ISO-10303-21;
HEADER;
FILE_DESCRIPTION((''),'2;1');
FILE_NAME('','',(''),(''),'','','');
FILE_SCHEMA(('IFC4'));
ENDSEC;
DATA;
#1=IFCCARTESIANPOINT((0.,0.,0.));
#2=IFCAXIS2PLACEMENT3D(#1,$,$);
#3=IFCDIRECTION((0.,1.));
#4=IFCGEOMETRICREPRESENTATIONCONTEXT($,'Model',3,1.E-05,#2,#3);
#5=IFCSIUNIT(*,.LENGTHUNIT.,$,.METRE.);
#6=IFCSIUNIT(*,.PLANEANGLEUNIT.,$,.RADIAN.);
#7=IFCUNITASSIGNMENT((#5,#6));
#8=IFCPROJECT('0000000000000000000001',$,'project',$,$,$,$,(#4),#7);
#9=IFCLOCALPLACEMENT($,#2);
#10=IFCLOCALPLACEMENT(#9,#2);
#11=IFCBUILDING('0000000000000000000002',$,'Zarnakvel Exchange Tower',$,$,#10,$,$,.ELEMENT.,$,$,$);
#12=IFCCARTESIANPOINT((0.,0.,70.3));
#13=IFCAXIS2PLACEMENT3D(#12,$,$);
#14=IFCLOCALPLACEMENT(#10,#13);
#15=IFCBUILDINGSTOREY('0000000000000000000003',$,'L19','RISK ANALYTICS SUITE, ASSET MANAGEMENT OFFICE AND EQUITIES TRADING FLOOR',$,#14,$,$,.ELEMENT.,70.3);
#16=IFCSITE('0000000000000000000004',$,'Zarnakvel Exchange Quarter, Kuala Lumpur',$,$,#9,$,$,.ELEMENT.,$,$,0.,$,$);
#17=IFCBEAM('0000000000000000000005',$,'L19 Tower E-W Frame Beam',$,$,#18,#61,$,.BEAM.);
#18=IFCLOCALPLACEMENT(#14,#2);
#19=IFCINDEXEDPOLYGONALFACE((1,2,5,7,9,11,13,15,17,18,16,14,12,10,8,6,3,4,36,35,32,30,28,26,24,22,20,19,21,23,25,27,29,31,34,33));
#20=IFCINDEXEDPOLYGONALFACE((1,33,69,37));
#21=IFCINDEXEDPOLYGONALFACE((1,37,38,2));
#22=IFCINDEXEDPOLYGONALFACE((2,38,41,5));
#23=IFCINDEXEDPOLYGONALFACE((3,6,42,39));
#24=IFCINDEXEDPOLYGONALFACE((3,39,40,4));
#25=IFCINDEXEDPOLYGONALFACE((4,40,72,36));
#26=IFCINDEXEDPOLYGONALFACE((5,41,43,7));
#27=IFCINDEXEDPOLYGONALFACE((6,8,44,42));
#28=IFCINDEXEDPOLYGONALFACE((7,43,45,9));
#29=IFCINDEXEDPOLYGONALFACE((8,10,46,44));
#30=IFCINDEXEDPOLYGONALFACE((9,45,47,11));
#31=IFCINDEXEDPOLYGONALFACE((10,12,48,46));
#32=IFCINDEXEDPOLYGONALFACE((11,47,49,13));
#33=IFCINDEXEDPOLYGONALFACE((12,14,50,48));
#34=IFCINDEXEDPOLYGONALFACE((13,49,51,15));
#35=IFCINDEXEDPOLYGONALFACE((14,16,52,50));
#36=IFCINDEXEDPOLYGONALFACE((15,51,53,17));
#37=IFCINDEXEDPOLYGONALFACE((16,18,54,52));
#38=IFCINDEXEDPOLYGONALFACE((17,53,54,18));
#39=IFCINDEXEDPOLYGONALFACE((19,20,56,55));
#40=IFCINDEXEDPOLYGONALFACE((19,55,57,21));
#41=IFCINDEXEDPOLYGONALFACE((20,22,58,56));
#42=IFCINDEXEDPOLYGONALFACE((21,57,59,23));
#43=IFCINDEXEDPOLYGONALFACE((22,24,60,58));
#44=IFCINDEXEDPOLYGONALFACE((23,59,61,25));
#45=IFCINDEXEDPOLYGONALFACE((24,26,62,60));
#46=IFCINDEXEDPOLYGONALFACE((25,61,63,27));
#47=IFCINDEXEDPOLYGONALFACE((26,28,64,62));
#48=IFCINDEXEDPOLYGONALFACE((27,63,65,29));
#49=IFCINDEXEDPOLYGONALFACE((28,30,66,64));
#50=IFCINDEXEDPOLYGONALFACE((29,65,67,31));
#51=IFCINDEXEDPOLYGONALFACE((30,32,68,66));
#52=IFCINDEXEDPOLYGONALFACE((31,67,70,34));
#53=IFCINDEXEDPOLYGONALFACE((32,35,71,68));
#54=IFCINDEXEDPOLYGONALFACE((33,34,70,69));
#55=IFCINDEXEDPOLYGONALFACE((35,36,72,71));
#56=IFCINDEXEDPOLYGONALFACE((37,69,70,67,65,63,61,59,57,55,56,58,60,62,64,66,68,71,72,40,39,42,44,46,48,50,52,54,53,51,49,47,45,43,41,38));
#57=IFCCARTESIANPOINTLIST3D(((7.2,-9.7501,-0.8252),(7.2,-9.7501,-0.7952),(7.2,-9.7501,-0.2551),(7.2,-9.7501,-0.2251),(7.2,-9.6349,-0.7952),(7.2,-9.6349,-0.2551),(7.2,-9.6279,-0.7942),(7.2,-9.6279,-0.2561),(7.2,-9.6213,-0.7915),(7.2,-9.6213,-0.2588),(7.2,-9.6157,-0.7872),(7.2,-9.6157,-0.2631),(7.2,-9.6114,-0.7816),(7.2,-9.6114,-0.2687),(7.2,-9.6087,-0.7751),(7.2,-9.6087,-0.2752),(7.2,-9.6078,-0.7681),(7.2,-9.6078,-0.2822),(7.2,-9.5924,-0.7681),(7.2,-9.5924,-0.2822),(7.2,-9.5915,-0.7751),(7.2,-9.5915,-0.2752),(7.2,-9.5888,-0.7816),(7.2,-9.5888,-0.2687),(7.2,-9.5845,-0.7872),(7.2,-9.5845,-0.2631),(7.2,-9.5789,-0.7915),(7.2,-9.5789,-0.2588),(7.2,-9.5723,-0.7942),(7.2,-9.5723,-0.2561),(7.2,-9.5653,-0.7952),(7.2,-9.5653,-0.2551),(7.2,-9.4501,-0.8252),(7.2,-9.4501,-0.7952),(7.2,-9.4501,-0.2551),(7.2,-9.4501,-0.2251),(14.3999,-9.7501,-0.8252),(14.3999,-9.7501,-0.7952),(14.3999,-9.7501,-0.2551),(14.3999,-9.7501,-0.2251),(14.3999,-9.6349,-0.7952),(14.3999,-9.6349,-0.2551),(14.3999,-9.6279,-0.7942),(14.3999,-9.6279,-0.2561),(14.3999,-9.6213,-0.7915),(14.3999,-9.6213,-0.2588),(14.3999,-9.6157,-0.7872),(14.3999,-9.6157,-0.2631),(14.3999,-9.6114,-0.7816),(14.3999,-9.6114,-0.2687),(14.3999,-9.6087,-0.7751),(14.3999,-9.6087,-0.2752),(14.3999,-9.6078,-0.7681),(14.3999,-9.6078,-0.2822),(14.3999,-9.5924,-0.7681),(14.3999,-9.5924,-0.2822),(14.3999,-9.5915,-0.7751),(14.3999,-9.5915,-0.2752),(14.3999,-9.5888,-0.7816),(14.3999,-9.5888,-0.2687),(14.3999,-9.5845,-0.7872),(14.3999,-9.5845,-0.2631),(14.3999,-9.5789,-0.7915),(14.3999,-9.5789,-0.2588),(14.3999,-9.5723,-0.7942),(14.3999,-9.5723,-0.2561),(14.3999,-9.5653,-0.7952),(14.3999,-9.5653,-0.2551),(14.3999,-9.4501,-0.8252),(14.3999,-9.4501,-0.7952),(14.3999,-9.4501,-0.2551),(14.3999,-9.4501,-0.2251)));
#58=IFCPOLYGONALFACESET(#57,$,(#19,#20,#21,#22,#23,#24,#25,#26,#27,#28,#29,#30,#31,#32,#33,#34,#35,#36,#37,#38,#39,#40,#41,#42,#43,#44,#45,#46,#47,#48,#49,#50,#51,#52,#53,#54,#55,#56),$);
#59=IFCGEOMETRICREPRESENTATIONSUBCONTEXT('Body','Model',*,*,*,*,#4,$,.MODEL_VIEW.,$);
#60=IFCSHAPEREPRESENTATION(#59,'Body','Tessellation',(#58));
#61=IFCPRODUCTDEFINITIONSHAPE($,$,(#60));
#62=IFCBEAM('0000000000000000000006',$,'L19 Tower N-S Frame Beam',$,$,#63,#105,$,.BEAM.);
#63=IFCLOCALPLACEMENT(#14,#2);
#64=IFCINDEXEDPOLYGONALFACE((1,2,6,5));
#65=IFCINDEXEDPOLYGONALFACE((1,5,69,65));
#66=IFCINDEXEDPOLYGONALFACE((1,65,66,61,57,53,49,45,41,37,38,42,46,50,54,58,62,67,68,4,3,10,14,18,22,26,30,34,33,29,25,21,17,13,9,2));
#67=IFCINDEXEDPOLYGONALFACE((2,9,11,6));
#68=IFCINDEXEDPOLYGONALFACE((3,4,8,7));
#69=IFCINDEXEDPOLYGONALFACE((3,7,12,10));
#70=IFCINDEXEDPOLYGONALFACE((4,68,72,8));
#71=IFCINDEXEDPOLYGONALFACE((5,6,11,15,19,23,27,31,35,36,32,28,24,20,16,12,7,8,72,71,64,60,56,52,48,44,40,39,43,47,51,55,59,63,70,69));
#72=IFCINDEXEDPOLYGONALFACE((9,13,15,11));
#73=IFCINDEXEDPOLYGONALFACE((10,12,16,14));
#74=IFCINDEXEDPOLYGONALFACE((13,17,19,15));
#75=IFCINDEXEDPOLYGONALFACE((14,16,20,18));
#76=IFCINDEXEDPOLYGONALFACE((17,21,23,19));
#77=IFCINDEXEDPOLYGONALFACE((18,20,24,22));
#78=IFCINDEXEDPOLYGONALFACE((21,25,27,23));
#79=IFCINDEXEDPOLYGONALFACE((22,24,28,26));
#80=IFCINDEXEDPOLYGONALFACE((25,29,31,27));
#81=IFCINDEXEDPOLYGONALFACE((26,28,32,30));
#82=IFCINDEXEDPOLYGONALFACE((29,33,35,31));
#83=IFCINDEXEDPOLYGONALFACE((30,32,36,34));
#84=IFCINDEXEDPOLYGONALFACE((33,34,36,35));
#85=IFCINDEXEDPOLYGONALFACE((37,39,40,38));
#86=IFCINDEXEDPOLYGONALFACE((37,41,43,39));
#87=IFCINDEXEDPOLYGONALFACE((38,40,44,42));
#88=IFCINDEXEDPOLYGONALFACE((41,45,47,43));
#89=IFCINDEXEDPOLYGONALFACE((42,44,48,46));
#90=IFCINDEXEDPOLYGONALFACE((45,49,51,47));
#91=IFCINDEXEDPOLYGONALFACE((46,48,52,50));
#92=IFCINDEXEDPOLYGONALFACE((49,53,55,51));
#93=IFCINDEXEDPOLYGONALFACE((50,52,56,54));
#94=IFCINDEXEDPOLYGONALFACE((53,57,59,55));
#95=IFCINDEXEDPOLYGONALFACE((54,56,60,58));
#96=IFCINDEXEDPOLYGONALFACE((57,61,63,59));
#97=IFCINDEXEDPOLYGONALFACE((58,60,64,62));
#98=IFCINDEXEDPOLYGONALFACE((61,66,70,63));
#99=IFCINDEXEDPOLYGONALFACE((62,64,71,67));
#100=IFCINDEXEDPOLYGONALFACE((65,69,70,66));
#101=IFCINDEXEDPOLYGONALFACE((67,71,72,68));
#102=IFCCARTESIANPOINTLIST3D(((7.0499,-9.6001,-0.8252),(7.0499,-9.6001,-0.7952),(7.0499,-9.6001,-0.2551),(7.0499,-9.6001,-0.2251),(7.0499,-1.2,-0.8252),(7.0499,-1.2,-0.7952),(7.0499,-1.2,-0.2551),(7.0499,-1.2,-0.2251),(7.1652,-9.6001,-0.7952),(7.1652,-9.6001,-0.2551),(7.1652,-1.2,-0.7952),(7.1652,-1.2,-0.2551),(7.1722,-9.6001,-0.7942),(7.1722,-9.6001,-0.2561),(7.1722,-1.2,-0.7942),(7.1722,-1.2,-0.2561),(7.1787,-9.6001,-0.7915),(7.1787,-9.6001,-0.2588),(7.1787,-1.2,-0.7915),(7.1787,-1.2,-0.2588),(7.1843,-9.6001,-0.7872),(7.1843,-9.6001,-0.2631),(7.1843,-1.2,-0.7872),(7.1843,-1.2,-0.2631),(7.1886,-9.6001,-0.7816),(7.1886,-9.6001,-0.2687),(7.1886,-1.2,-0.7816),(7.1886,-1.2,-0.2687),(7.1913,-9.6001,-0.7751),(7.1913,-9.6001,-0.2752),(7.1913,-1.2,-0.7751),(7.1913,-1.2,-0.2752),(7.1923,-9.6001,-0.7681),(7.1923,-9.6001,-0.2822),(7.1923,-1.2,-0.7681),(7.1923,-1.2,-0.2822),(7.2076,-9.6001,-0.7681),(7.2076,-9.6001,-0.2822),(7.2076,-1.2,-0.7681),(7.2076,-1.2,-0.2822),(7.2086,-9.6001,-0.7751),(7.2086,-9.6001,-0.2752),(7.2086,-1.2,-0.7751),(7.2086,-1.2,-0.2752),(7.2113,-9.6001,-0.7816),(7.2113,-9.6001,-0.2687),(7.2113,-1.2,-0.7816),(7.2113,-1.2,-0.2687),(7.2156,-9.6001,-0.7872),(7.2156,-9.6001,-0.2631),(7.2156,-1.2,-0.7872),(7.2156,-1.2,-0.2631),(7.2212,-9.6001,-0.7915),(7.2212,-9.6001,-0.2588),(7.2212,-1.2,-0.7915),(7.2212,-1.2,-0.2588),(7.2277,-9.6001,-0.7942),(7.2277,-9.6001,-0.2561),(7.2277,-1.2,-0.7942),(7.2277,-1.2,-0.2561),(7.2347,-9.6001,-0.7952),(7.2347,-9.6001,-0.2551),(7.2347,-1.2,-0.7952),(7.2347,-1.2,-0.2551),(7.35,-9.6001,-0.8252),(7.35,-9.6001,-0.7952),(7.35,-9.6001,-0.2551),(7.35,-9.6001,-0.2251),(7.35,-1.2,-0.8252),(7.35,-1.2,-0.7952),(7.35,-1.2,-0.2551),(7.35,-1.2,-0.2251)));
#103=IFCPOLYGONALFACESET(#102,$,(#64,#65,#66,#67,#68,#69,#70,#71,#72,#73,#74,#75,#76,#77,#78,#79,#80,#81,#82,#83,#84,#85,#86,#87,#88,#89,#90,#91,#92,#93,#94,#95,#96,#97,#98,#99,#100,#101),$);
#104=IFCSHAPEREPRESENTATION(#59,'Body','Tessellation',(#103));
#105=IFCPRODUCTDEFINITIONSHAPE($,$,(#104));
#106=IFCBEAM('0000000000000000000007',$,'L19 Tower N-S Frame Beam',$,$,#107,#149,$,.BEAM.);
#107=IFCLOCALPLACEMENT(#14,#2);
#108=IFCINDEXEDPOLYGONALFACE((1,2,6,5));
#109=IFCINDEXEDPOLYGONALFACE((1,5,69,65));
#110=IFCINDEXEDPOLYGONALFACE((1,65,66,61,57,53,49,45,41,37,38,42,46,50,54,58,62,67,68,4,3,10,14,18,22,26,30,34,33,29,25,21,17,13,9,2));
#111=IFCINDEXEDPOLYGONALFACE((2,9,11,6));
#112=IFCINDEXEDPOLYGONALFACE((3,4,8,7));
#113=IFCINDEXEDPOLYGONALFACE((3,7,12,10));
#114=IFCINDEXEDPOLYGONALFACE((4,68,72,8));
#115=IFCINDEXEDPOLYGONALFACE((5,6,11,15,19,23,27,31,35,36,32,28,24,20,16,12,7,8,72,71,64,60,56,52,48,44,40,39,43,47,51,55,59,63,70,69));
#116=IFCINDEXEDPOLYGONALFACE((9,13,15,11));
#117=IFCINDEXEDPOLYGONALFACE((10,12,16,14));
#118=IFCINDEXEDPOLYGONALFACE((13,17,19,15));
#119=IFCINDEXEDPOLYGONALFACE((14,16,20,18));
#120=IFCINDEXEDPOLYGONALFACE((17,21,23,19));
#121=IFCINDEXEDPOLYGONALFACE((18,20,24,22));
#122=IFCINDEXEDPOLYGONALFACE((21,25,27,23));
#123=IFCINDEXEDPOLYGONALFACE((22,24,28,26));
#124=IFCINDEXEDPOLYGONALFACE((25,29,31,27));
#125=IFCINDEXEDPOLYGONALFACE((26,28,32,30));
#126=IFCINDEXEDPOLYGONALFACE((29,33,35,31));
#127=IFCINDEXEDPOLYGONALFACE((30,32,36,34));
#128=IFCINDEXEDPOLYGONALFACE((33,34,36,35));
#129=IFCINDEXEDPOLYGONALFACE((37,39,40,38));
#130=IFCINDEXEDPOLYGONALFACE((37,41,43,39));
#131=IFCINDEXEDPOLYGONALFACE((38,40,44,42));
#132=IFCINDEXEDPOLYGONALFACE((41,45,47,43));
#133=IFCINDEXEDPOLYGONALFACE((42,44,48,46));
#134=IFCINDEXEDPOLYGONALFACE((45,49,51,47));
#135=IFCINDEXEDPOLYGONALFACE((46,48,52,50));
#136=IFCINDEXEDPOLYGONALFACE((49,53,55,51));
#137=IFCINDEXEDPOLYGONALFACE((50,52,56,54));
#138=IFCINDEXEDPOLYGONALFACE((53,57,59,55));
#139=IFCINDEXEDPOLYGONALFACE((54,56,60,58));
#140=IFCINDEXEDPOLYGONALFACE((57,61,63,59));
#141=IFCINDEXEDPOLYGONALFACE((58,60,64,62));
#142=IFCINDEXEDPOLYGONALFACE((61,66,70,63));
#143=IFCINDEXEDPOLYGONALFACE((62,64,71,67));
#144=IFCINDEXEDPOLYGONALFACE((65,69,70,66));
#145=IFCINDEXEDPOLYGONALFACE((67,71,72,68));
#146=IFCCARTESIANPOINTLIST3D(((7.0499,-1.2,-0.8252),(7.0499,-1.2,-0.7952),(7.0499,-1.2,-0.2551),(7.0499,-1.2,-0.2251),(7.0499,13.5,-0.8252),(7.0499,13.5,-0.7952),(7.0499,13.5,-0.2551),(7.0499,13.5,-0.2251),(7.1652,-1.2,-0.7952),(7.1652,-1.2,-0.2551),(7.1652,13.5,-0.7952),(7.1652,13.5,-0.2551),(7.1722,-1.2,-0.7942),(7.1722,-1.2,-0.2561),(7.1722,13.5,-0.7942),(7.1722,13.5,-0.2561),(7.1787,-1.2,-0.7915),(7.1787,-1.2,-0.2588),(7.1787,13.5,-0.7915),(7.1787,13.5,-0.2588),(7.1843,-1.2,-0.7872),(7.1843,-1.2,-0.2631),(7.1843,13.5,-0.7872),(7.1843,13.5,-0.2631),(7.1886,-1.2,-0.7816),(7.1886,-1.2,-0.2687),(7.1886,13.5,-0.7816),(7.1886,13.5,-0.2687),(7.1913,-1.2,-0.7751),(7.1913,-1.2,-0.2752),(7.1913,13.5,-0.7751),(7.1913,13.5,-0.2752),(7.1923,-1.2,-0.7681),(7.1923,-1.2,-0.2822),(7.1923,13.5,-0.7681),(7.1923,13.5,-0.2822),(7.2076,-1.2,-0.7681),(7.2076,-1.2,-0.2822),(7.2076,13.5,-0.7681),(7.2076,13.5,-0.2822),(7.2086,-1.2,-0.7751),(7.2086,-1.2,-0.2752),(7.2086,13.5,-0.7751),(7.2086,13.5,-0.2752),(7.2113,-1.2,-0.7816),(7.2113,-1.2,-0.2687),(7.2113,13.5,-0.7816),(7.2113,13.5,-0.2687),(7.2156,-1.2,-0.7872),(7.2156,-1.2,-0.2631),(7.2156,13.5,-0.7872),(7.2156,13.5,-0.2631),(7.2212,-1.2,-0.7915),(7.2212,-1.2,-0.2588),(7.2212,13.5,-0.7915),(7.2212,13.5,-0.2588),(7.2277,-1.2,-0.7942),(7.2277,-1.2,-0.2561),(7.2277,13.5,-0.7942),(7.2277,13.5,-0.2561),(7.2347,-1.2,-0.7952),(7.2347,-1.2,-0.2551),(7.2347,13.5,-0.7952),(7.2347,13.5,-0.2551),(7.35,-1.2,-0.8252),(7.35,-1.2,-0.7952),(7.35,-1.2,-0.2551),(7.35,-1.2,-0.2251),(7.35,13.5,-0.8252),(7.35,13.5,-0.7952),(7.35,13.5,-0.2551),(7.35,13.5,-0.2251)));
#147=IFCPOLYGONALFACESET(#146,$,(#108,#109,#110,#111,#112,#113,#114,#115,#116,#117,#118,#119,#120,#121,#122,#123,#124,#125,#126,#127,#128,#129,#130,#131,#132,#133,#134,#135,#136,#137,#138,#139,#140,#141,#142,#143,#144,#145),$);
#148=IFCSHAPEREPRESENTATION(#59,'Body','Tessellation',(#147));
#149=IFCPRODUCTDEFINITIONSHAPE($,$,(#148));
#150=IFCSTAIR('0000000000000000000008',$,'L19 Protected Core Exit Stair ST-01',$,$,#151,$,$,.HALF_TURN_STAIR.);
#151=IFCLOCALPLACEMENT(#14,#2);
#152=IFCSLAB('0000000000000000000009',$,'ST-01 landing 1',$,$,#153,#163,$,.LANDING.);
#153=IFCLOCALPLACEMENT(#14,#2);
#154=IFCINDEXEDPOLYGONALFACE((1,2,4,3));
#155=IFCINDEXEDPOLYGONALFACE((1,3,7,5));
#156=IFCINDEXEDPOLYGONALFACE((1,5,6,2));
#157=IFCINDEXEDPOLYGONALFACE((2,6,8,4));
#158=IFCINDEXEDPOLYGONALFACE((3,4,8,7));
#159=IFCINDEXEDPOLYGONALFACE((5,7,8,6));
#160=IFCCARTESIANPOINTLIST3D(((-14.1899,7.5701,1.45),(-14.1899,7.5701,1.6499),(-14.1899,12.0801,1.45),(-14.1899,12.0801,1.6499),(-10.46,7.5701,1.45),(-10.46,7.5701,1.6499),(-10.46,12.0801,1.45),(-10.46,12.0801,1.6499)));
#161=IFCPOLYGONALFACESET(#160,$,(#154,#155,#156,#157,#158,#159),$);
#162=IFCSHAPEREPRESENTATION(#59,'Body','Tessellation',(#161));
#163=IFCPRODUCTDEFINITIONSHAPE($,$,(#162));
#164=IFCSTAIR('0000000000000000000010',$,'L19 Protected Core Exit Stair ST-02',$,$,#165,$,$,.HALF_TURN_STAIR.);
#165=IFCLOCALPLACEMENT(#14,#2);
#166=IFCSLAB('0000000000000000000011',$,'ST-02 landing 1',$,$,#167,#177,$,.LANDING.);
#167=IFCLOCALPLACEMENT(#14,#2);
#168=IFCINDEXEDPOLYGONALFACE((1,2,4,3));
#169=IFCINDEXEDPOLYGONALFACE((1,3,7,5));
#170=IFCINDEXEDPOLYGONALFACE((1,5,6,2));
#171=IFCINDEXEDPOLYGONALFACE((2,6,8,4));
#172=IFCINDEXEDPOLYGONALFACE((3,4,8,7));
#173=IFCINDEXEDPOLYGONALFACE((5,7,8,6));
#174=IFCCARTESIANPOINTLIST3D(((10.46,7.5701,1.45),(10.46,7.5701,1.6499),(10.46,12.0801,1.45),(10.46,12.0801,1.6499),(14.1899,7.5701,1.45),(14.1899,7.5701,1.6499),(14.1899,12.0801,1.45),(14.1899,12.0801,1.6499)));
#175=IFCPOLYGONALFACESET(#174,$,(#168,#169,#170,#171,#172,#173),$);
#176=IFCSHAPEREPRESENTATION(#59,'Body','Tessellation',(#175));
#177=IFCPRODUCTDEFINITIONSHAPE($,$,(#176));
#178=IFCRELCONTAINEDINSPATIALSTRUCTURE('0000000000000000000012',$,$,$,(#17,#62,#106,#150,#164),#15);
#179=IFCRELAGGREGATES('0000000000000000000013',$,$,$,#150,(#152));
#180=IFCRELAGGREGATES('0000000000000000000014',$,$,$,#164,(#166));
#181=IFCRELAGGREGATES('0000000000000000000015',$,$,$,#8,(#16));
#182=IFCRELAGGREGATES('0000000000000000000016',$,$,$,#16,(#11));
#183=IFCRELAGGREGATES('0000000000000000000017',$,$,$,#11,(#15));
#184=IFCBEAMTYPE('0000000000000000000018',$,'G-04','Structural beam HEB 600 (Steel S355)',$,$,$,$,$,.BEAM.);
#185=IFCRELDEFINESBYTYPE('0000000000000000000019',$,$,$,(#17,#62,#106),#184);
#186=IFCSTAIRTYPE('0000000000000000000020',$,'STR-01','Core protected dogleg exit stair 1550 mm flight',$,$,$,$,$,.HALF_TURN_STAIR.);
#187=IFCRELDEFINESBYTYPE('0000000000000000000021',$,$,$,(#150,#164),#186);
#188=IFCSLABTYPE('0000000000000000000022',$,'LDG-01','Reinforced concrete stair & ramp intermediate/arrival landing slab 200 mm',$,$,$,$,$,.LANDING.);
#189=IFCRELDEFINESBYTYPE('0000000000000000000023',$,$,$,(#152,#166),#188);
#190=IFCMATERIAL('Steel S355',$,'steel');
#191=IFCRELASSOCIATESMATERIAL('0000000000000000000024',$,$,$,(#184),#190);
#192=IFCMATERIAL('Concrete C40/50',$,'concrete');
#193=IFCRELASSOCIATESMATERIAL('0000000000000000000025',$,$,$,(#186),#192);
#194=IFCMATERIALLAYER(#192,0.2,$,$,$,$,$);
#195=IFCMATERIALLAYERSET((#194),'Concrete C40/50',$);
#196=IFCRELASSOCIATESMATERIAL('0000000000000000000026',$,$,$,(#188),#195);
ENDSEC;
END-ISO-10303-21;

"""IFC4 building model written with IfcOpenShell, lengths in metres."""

from ifc_helpers import new_model, si_unit, direction, frame, origin, origin_2d, place, context, subcontext, project, spatial, polyline, i_section, outline, extrude, material, layer, layer_set, material_profile, profile_set, type_object, element, aggregate, save


model = new_model("IFC4")

# Units and contexts
model_context = context("Model", 3, precision=1e-05, world=origin(), true_north=direction((0.0, 1.0)))
body_context = subcontext(model_context, "Body", "Model", "MODEL_VIEW")
ifc_project = project(units=[si_unit("LENGTHUNIT", "METRE"), si_unit("PLANEANGLEUNIT", "RADIAN")], contexts=[model_context])

# Site, building, storey
site_placement = place(None, origin())
site = spatial("IfcSite", under=ifc_project, at=site_placement, Name="Zarnakvel Exchange Quarter, Kuala Lumpur", CompositionType="ELEMENT", RefElevation=0.0)
building_placement = place(site_placement, origin())
building = spatial("IfcBuilding", under=site, at=building_placement, Name="Zarnakvel Exchange Tower", CompositionType="ELEMENT")
storey_placement = place(building_placement, frame((0.0, 0.0, 70.3)))
storey = spatial("IfcBuildingStorey", under=building, at=storey_placement, Name="L19", Description="RISK ANALYTICS SUITE, ASSET MANAGEMENT OFFICE AND EQUITIES TRADING FLOOR", CompositionType="ELEMENT", Elevation=70.3)

# Beams
ifc_material_1 = material(Name="Steel S355", Category="steel")
ifc_material_profile_1 = material_profile(ifc_material_1, i_section(OverallWidth=0.3, OverallDepth=0.6001, WebThickness=0.0154, FlangeThickness=0.03, FilletRadius=0.0271, at=origin_2d()))
ifc_profile_set_1 = profile_set([ifc_material_profile_1], Name="Steel S355")
beam_type_1 = type_object("IfcBeamType", Name="G-04", Description="Structural beam HEB 600 (Steel S355)", PredefinedType="BEAM", material=ifc_profile_set_1)
beam_1_placement = place(storey_placement, frame((7.2, -9.6001, -0.5251), z_axis=(1.0, 0.0, 0.0), x_axis=(0.0, 1.0, 0.0)))
element("IfcBeam", 1, at=beam_1_placement, inside=storey, type_object=beam_type_1, Name="L19 Tower E-W Frame Beam", PredefinedType="BEAM", context=body_context, shape_type="SweptSolid", body=[
    extrude(i_section(OverallWidth=0.3, OverallDepth=0.6001, WebThickness=0.0154, FlangeThickness=0.03, FilletRadius=0.0271, at=origin_2d()), origin(), (0.0, 0.0, 1.0), 7.2),
])
beam_2_placement = place(storey_placement, frame((7.2, -9.6001, -0.5251), z_axis=(0.0, 1.0, 0.0), x_axis=(-1.0, 0.0, 0.0)))
element("IfcBeam", 2, at=beam_2_placement, inside=storey, type_object=beam_type_1, Name="L19 Tower N-S Frame Beam", PredefinedType="BEAM", context=body_context, shape_type="SweptSolid", body=[
    extrude(i_section(OverallWidth=0.3, OverallDepth=0.6001, WebThickness=0.0154, FlangeThickness=0.03, FilletRadius=0.0271, at=origin_2d()), origin(), (0.0, 0.0, 1.0), 8.4001),
])
beam_3_placement = place(storey_placement, frame((7.2, -1.2, -0.5251), z_axis=(0.0, 1.0, 0.0), x_axis=(-1.0, 0.0, 0.0)))
element("IfcBeam", 3, at=beam_3_placement, inside=storey, type_object=beam_type_1, Name="L19 Tower N-S Frame Beam", PredefinedType="BEAM", context=body_context, shape_type="SweptSolid", body=[
    extrude(i_section(OverallWidth=0.3, OverallDepth=0.6001, WebThickness=0.0154, FlangeThickness=0.03, FilletRadius=0.0271, at=origin_2d()), origin(), (0.0, 0.0, 1.0), 14.7),
])

# Stairs, slabs
ifc_material_2 = material(Name="Concrete C40/50", Category="concrete")
stair_type = type_object("IfcStairType", Name="STR-01", Description="Core protected dogleg exit stair 1550 mm flight", PredefinedType="HALF_TURN_STAIR", material=ifc_material_2)
stair_1_placement = place(storey_placement, origin())
stair_1 = element("IfcStair", 4, at=stair_1_placement, inside=storey, type_object=stair_type, Name="L19 Protected Core Exit Stair ST-01", PredefinedType="HALF_TURN_STAIR")
ifc_layer_1 = layer(ifc_material_2, 0.2)
ifc_layer_set_1 = layer_set([ifc_layer_1], Name="Concrete C40/50")
slab_type_1 = type_object("IfcSlabType", Name="LDG-01", Description="Reinforced concrete stair & ramp intermediate/arrival landing slab 200 mm", PredefinedType="LANDING", material=ifc_layer_set_1)
slab_1_placement = place(storey_placement, frame((0.0, 0.0, 1.45)))
slab_1 = element("IfcSlab", 5, at=slab_1_placement, type_object=slab_type_1, Name="ST-01 landing 1", PredefinedType="LANDING", context=body_context, shape_type="SweptSolid", body=[
    extrude(outline(polyline([(-14.1899, 7.5701), (-10.46, 7.5701), (-10.46, 12.0801), (-14.1899, 12.0801), (-14.1899, 7.5701)])), origin(), (0.0, 0.0, 1.0), 0.2),
])
aggregate(stair_1, [slab_1])
stair_2_placement = place(storey_placement, origin())
stair_2 = element("IfcStair", 6, at=stair_2_placement, inside=storey, type_object=stair_type, Name="L19 Protected Core Exit Stair ST-02", PredefinedType="HALF_TURN_STAIR")
slab_2_placement = place(storey_placement, frame((0.0, 0.0, 1.45)))
slab_2 = element("IfcSlab", 7, at=slab_2_placement, type_object=slab_type_1, Name="ST-02 landing 1", PredefinedType="LANDING", context=body_context, shape_type="SweptSolid", body=[
    extrude(outline(polyline([(10.46, 7.5701), (14.1899, 7.5701), (14.1899, 12.0801), (10.46, 12.0801), (10.46, 7.5701)])), origin(), (0.0, 0.0, 1.0), 0.2),
])
aggregate(stair_2, [slab_2])

save(model, "model.ifc")
